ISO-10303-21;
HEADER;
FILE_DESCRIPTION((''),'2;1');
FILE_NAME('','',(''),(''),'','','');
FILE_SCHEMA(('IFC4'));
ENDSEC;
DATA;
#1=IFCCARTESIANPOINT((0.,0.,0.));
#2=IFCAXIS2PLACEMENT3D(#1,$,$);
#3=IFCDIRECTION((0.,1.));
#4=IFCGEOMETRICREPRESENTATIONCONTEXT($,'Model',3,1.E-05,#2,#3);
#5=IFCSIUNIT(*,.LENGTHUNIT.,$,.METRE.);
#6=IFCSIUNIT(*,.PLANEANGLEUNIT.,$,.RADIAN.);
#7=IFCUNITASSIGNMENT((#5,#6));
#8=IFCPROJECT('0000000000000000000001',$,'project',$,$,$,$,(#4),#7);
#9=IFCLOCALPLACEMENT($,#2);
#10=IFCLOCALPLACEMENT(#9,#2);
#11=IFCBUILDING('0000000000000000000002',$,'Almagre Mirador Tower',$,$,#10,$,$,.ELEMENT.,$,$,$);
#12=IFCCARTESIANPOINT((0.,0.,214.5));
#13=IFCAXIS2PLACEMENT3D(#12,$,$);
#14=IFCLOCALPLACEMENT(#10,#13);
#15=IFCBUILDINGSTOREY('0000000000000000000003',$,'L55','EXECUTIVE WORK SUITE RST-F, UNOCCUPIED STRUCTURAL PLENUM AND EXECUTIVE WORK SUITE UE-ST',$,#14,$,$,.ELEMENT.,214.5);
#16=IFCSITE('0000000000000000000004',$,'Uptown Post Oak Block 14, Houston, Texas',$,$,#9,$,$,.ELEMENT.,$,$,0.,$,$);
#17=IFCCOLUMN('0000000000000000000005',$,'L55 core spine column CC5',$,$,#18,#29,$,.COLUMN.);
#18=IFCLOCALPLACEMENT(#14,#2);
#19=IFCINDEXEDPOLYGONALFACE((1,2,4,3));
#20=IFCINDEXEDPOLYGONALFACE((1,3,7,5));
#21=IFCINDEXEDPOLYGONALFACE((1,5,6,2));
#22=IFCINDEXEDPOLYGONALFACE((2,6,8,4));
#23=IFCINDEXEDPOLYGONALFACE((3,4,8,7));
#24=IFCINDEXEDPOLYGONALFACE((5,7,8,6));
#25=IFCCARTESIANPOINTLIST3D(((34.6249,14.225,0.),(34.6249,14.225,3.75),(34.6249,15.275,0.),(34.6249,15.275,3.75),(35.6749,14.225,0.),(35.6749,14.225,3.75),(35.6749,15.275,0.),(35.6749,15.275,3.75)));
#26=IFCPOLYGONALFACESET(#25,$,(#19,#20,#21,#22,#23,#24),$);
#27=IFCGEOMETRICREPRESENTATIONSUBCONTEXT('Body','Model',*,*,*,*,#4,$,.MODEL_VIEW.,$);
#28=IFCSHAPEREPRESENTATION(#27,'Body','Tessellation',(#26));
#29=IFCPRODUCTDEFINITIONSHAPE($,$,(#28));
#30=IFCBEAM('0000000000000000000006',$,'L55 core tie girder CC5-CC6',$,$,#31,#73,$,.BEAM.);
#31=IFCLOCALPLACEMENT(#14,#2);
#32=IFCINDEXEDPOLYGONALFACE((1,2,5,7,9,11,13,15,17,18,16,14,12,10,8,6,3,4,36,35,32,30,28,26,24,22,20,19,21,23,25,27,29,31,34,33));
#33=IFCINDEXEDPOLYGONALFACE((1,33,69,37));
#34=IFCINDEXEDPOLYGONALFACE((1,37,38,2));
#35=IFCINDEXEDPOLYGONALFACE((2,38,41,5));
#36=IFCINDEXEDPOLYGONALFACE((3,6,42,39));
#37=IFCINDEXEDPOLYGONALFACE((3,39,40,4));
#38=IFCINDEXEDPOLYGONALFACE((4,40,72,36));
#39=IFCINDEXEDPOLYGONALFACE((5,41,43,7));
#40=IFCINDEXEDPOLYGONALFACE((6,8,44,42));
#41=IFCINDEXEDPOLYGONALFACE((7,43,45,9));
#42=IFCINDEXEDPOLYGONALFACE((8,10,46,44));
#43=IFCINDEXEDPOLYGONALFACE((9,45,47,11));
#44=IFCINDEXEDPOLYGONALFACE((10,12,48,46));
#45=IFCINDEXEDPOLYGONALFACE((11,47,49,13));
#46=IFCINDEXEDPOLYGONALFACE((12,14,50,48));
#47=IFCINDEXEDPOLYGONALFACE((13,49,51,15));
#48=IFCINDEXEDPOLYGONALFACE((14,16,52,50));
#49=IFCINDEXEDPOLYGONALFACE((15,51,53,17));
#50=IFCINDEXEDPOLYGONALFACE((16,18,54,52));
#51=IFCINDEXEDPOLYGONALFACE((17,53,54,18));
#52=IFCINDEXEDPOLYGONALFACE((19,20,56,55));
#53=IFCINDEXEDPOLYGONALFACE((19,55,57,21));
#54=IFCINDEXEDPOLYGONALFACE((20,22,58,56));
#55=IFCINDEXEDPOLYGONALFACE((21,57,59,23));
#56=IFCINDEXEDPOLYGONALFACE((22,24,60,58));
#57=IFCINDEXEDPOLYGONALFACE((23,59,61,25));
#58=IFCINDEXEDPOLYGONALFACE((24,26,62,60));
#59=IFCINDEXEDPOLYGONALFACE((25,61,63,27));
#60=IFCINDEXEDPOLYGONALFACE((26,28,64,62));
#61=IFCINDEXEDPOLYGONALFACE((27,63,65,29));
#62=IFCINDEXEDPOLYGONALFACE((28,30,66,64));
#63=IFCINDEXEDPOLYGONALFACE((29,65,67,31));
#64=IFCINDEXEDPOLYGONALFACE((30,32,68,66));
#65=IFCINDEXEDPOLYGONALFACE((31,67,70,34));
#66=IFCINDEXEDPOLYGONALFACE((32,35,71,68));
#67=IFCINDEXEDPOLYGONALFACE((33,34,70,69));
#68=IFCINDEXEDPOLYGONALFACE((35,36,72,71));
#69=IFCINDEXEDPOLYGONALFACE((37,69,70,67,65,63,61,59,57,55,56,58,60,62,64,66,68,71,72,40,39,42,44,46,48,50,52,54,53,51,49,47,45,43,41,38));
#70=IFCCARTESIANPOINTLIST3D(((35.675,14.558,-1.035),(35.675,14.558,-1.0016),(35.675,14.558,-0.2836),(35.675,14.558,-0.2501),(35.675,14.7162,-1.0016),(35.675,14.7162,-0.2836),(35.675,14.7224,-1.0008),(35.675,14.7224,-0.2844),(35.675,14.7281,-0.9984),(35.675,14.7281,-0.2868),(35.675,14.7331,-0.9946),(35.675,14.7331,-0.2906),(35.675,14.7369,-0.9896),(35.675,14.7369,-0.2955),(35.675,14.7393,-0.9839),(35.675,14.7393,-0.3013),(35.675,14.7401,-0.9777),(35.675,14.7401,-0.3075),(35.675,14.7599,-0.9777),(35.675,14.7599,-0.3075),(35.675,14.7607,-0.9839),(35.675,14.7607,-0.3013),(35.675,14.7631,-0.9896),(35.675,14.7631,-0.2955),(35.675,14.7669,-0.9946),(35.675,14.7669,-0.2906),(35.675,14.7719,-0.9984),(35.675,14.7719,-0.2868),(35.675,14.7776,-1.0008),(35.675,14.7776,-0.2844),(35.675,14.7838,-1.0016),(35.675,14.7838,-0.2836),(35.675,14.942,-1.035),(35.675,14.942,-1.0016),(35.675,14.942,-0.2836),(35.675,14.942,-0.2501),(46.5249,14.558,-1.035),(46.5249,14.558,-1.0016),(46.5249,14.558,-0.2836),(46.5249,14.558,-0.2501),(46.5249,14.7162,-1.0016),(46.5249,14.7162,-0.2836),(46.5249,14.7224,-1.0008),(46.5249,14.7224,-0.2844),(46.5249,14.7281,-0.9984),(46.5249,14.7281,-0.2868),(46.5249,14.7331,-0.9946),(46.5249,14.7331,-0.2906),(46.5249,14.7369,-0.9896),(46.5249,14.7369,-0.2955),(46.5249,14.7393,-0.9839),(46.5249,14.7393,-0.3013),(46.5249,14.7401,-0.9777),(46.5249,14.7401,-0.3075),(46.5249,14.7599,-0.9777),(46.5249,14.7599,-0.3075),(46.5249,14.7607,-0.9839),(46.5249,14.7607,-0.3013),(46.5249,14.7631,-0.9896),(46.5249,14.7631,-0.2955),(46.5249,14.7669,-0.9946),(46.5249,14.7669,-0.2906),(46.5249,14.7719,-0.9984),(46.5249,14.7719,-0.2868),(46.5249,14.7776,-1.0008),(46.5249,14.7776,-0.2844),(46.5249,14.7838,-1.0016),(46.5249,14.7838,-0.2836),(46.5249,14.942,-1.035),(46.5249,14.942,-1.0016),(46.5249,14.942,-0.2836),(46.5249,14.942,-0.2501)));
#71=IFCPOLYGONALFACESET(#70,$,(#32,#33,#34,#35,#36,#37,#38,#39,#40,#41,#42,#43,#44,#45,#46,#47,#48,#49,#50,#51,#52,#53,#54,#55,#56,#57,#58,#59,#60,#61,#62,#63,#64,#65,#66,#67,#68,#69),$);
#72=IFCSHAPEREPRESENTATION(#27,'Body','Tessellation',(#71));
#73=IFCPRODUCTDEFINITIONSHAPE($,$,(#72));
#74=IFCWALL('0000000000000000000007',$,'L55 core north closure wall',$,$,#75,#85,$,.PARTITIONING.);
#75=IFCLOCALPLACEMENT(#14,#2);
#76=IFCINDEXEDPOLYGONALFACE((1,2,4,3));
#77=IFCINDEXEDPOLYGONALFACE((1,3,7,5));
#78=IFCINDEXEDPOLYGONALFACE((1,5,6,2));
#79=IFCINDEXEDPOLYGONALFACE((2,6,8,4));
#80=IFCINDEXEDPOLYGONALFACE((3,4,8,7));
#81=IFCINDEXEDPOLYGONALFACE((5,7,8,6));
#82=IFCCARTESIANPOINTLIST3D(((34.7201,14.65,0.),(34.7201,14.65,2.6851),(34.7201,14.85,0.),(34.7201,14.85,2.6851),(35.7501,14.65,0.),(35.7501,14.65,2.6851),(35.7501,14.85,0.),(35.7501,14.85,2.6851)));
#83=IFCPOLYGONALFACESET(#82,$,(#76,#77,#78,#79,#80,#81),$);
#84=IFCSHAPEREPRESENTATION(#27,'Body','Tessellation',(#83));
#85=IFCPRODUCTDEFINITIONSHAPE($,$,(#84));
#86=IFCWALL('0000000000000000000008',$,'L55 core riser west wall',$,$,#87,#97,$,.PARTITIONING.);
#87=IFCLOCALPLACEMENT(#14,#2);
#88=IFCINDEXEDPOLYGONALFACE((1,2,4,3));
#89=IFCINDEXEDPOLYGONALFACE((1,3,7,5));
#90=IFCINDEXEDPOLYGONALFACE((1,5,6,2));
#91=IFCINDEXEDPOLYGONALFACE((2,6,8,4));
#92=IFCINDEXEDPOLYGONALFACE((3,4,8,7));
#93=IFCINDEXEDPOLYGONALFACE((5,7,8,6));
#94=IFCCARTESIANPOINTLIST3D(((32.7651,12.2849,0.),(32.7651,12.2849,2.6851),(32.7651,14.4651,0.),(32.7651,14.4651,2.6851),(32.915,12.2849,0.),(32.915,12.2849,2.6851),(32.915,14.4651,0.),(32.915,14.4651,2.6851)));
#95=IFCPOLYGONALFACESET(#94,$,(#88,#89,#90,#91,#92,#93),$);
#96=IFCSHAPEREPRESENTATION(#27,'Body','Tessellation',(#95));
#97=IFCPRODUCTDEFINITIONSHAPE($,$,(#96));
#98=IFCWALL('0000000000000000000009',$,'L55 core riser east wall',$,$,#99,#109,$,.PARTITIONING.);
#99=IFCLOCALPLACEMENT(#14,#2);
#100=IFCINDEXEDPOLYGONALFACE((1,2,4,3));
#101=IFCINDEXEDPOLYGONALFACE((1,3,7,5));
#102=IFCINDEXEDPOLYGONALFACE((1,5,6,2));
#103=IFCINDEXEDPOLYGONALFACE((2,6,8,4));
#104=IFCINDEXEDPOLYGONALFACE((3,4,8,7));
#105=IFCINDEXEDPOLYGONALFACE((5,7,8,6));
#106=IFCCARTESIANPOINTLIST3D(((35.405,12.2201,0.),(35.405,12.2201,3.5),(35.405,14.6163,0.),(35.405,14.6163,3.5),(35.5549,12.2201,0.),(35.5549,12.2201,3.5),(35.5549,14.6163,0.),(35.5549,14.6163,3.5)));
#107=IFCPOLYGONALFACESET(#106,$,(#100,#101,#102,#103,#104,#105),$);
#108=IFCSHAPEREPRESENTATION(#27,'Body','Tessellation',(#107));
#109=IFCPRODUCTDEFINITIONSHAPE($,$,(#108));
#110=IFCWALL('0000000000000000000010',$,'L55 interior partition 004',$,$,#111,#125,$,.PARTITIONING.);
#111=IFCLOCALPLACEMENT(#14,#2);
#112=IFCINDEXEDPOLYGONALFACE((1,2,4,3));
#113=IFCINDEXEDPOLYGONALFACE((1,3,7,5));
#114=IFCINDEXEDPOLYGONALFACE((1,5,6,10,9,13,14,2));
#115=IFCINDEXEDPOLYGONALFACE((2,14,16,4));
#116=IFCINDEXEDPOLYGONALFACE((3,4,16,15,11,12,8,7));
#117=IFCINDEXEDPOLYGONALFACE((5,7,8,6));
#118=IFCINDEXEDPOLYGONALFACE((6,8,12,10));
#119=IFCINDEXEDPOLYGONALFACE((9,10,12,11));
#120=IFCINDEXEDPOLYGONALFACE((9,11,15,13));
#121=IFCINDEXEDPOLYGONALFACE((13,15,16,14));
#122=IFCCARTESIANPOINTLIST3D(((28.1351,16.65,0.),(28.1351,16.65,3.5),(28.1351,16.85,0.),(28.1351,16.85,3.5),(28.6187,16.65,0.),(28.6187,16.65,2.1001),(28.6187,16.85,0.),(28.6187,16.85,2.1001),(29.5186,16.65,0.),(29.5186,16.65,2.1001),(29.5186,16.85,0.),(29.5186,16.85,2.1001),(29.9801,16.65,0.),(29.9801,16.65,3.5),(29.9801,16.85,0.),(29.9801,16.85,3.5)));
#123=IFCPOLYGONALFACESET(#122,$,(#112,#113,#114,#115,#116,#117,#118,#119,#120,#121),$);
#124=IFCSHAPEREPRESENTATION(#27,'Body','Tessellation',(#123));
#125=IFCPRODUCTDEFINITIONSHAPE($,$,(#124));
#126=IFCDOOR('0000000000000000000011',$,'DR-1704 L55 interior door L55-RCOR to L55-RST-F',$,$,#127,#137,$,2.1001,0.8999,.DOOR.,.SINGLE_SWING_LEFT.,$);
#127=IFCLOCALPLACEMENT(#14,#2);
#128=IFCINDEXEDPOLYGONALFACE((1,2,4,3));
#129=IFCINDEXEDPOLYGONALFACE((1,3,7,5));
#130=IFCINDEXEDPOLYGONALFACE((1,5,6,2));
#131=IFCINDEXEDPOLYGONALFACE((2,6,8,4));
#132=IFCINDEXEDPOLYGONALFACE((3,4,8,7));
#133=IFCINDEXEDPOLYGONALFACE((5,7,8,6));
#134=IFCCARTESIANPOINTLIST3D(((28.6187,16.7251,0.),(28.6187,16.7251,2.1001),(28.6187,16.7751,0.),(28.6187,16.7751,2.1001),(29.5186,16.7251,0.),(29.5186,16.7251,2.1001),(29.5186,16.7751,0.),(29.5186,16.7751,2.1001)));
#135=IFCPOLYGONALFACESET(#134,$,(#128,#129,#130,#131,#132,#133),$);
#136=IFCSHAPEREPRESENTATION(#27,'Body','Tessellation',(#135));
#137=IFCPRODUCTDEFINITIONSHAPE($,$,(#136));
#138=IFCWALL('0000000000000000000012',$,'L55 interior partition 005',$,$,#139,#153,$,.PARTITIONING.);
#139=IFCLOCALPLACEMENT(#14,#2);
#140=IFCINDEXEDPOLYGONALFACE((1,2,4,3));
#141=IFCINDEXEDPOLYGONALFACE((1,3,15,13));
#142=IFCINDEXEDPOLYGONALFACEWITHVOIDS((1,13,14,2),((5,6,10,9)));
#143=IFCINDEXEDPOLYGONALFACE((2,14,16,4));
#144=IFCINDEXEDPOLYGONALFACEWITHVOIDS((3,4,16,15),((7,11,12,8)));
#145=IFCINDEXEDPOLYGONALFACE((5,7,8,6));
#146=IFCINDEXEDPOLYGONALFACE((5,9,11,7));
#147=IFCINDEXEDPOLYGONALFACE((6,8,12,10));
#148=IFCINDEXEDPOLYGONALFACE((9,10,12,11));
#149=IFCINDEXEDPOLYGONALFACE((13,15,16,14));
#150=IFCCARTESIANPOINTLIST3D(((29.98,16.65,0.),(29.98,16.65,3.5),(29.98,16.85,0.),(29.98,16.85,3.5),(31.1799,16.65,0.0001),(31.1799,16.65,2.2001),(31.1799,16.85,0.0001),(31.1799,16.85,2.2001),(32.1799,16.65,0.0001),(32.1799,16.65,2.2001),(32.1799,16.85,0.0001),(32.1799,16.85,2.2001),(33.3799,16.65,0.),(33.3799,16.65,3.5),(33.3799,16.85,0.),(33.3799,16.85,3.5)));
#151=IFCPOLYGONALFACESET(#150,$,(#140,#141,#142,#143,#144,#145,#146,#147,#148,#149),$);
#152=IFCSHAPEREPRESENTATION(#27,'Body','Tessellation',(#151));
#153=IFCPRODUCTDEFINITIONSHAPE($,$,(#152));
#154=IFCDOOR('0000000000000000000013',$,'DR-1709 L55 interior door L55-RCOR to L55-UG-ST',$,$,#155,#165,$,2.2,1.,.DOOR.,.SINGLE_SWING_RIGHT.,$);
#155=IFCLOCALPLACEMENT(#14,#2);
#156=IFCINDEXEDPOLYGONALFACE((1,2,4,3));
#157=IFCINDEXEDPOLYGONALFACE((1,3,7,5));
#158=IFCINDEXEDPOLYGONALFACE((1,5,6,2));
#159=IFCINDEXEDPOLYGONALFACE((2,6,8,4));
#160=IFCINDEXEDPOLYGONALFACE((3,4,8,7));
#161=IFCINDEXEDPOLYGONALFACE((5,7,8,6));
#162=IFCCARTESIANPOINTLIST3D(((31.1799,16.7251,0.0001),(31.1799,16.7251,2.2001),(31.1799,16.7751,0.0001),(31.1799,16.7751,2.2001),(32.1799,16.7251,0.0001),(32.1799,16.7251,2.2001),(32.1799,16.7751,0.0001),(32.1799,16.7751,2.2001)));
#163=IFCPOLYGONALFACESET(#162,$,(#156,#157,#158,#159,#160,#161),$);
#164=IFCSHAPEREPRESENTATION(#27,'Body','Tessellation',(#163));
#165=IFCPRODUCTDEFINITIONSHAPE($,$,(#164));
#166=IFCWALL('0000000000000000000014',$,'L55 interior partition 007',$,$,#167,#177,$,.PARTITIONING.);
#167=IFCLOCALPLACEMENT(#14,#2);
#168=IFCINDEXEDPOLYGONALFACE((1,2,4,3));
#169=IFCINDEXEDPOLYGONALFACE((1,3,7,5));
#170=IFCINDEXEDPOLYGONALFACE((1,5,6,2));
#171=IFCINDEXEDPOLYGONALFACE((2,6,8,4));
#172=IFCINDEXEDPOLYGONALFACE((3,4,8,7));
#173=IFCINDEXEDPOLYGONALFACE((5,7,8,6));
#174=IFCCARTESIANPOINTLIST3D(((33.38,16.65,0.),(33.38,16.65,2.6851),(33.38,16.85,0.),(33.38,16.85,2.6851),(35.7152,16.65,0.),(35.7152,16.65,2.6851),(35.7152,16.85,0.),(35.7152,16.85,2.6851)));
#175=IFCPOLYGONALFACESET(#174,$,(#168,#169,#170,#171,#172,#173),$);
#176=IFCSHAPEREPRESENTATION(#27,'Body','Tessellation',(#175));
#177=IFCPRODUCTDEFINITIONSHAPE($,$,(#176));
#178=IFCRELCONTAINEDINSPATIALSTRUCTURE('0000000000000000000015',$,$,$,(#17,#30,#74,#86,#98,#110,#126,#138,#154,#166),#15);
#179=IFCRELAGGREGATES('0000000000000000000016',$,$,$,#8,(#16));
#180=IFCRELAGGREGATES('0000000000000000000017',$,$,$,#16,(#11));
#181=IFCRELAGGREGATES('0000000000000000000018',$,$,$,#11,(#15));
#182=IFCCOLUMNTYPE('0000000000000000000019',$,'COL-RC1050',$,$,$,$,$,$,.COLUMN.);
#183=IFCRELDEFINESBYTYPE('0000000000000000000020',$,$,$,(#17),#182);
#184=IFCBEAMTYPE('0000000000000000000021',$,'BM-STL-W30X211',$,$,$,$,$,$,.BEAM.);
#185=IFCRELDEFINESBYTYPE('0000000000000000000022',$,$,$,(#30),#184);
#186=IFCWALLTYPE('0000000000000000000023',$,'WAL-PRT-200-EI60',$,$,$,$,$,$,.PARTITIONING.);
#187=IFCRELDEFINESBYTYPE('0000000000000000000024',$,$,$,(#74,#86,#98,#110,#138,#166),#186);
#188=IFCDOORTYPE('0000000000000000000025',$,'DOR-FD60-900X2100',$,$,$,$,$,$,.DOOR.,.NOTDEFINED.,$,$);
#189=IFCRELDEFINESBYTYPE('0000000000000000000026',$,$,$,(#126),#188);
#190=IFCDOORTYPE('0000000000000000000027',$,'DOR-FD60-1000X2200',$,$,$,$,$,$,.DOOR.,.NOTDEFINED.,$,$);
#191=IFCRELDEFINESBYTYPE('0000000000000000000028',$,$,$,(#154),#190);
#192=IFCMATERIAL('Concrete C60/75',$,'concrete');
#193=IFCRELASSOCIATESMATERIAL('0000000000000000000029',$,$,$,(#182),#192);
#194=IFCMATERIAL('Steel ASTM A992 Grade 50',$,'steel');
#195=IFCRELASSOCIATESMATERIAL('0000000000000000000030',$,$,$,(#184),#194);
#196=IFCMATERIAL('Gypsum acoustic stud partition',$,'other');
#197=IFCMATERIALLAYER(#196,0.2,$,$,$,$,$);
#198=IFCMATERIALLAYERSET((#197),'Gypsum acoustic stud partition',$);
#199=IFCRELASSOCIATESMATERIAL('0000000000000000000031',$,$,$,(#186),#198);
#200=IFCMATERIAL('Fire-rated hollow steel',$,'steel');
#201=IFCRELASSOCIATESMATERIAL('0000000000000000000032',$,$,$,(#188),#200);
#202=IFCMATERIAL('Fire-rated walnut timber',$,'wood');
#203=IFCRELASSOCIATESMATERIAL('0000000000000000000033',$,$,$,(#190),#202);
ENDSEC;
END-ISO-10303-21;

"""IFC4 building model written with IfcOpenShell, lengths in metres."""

from ifc_helpers import new_model, si_unit, direction, frame, frame_2d, origin, origin_2d, place, context, subcontext, project, spatial, rectangle, i_section, extrude, material, layer, layer_set, material_profile, profile_set, type_object, element, fill, save


model = new_model("IFC4")

# Units and contexts
model_context = context("Model", 3, precision=1e-05, world=origin(), true_north=direction((0.0, 1.0)))
body_context = subcontext(model_context, "Body", "Model", "MODEL_VIEW")
ifc_project = project(units=[si_unit("LENGTHUNIT", "METRE"), si_unit("PLANEANGLEUNIT", "RADIAN")], contexts=[model_context])

# Site, building, storey
site_placement = place(None, origin())
site = spatial("IfcSite", under=ifc_project, at=site_placement, Name="Uptown Post Oak Block 14, Houston, Texas", CompositionType="ELEMENT", RefElevation=0.0)
building_placement = place(site_placement, origin())
building = spatial("IfcBuilding", under=site, at=building_placement, Name="Almagre Mirador Tower", CompositionType="ELEMENT")
storey_placement = place(building_placement, frame((0.0, 0.0, 214.5)))
storey = spatial("IfcBuildingStorey", under=building, at=storey_placement, Name="L55", Description="EXECUTIVE WORK SUITE RST-F, UNOCCUPIED STRUCTURAL PLENUM AND EXECUTIVE WORK SUITE UE-ST", CompositionType="ELEMENT", Elevation=214.5)

# Column
ifc_material_1 = material(Name="Concrete C60/75", Category="concrete")
ifc_material_profile_1 = material_profile(ifc_material_1, rectangle(XDim=1.05, YDim=1.05, at=origin_2d()), Name="RC1050X1050")
ifc_profile_set_1 = profile_set([ifc_material_profile_1], Name="Concrete C60/75")
column_type = type_object("IfcColumnType", Name="COL-RC1050", PredefinedType="COLUMN", material=ifc_profile_set_1)
column_placement = place(storey_placement, frame((35.1499, 14.75, 0.0), z_axis=(0.0, 0.0, 1.0), x_axis=(1.0, 0.0, 0.0)))
element("IfcColumn", 1, at=column_placement, inside=storey, type_object=column_type, Name="L55 core spine column CC5", PredefinedType="COLUMN", context=body_context, shape_type="SweptSolid", body=[
    extrude(rectangle(XDim=1.05, YDim=1.05, at=origin_2d()), origin(), (0.0, 0.0, 1.0), 3.75),
])

# Beam
ifc_material_2 = material(Name="Steel ASTM A992 Grade 50", Category="steel")
ifc_material_profile_2 = material_profile(ifc_material_2, i_section(OverallWidth=0.384, OverallDepth=0.7849, WebThickness=0.0198, FlangeThickness=0.0334, FilletRadius=0.0239, at=origin_2d()), Name="W30X211")
ifc_profile_set_2 = profile_set([ifc_material_profile_2], Name="Steel ASTM A992 Grade 50")
beam_type = type_object("IfcBeamType", Name="BM-STL-W30X211", PredefinedType="BEAM", material=ifc_profile_set_2)
beam_placement = place(storey_placement, frame((35.675, 14.75, -0.6426), z_axis=(1.0, 0.0, 0.0), x_axis=(0.0, 1.0, 0.0)))
element("IfcBeam", 2, at=beam_placement, inside=storey, type_object=beam_type, Name="L55 core tie girder CC5-CC6", PredefinedType="BEAM", context=body_context, shape_type="SweptSolid", body=[
    extrude(i_section(OverallWidth=0.384, OverallDepth=0.7849, WebThickness=0.0198, FlangeThickness=0.0334, FilletRadius=0.0239, at=origin_2d()), origin(), (0.0, 0.0, 1.0), 10.8499),
])

# Wall
ifc_material_3 = material(Name="Gypsum acoustic stud partition", Category="other")
ifc_layer_1 = layer(ifc_material_3, 0.2)
ifc_layer_set_1 = layer_set([ifc_layer_1], Name="Gypsum acoustic stud partition")
wall_type_1 = type_object("IfcWallType", Name="WAL-PRT-200-EI60", PredefinedType="PARTITIONING", material=ifc_layer_set_1)
wall_1_placement = place(storey_placement, frame((34.72, 14.75, 0.0), z_axis=(0.0, 0.0, 1.0), x_axis=(1.0, 0.0, 0.0)))
element("IfcWall", 3, at=wall_1_placement, inside=storey, type_object=wall_type_1, Name="L55 core north closure wall", PredefinedType="PARTITIONING", context=body_context, shape_type="SweptSolid", body=[
    extrude(rectangle(XDim=1.03, YDim=0.2, at=frame_2d((0.5151, 0.0))), origin(), (0.0, 0.0, 1.0), 2.6851),
])

# Walls
wall_2_placement = place(storey_placement, frame((32.8401, 12.2849, 0.0), z_axis=(0.0, 0.0, 1.0), x_axis=(0.0, 1.0, 0.0)))
element("IfcWall", 4, at=wall_2_placement, inside=storey, type_object=wall_type_1, Name="L55 core riser west wall", PredefinedType="PARTITIONING", context=body_context, shape_type="SweptSolid", body=[
    extrude(rectangle(XDim=2.1802, YDim=0.1499, at=frame_2d((1.0901, 0.0))), origin(), (0.0, 0.0, 1.0), 2.6851),
])
wall_3_placement = place(storey_placement, frame((35.48, 12.22, 0.0), z_axis=(0.0, 0.0, 1.0), x_axis=(0.0, 1.0, 0.0)))
element("IfcWall", 5, at=wall_3_placement, inside=storey, type_object=wall_type_1, Name="L55 core riser east wall", PredefinedType="PARTITIONING", context=body_context, shape_type="SweptSolid", body=[
    extrude(rectangle(XDim=2.3962, YDim=0.1499, at=frame_2d((1.1982, 0.0))), origin(), (0.0, 0.0, 1.0), 3.5),
])

# Walls, openings, doors
wall_4_placement = place(storey_placement, frame((29.98, 16.75, 0.0), z_axis=(0.0, 0.0, 1.0), x_axis=(-1.0, 0.0, 0.0)))
wall_4 = element("IfcWall", 6, at=wall_4_placement, inside=storey, type_object=wall_type_1, Name="L55 interior partition 004", PredefinedType="PARTITIONING", context=body_context, shape_type="SweptSolid", body=[
    extrude(rectangle(XDim=1.845, YDim=0.2, at=frame_2d((0.9224, 0.0))), origin(), (0.0, 0.0, 1.0), 3.5),
])
opening_1_placement = place(wall_4_placement, frame((0.4614, 0.0, 0.0)))
opening_1 = element("IfcOpeningElement", 7, at=opening_1_placement, cuts=wall_4, PredefinedType="OPENING", context=body_context, shape_type="SweptSolid", body=[
    extrude(rectangle(XDim=0.8999, YDim=2.1001, at=frame_2d((0.45, 1.05))), frame((0.0, 0.1101, 0.0), z_axis=(0.0, -1.0, 0.0), x_axis=(1.0, 0.0, 0.0)), (0.0, 0.0, 1.0), 0.22),
])
ifc_material_4 = material(Name="Fire-rated hollow steel", Category="steel")
door_type_1 = type_object("IfcDoorType", Name="DOR-FD60-900X2100", OperationType="NOTDEFINED", PredefinedType="DOOR", material=ifc_material_4)
door_1_placement = place(opening_1_placement, origin())
door_1 = element("IfcDoor", 8, at=door_1_placement, inside=storey, type_object=door_type_1, Name="DR-1704 L55 interior door L55-RCOR to L55-RST-F", OperationType="SINGLE_SWING_LEFT", OverallHeight=2.1001, OverallWidth=0.8999, PredefinedType="DOOR", context=body_context, shape_type="SweptSolid", body=[
    extrude(rectangle(XDim=0.8999, YDim=2.1001, at=frame_2d((0.45, 1.05))), frame((0.0, 0.0249, 0.0), z_axis=(0.0, -1.0, 0.0), x_axis=(1.0, 0.0, 0.0)), (0.0, 0.0, 1.0), 0.05),
])
fill(opening_1, door_1)
wall_5_placement = place(storey_placement, frame((33.3799, 16.75, 0.0), z_axis=(0.0, 0.0, 1.0), x_axis=(-1.0, 0.0, 0.0)))
wall_5 = element("IfcWall", 9, at=wall_5_placement, inside=storey, type_object=wall_type_1, Name="L55 interior partition 005", PredefinedType="PARTITIONING", context=body_context, shape_type="SweptSolid", body=[
    extrude(rectangle(XDim=3.3999, YDim=0.2, at=frame_2d((1.7, 0.0))), origin(), (0.0, 0.0, 1.0), 3.5),
])
opening_2_placement = place(wall_5_placement, frame((1.2, 0.0, 0.0)))
opening_2 = element("IfcOpeningElement", 10, at=opening_2_placement, cuts=wall_5, PredefinedType="OPENING", context=body_context, shape_type="SweptSolid", body=[
    extrude(rectangle(XDim=1.0, YDim=2.2, at=frame_2d((0.5, 1.1001))), frame((0.0, 0.1101, 0.0), z_axis=(0.0, -1.0, 0.0), x_axis=(1.0, 0.0, 0.0)), (0.0, 0.0, 1.0), 0.22),
])
ifc_material_5 = material(Name="Fire-rated walnut timber", Category="wood")
door_type_2 = type_object("IfcDoorType", Name="DOR-FD60-1000X2200", OperationType="NOTDEFINED", PredefinedType="DOOR", material=ifc_material_5)
door_2_placement = place(opening_2_placement, origin())
door_2 = element("IfcDoor", 11, at=door_2_placement, inside=storey, type_object=door_type_2, Name="DR-1709 L55 interior door L55-RCOR to L55-UG-ST", OperationType="SINGLE_SWING_RIGHT", OverallHeight=2.2, OverallWidth=1.0, PredefinedType="DOOR", context=body_context, shape_type="SweptSolid", body=[
    extrude(rectangle(XDim=1.0, YDim=2.2, at=frame_2d((0.5, 1.1001))), frame((0.0, 0.0249, 0.0), z_axis=(0.0, -1.0, 0.0), x_axis=(1.0, 0.0, 0.0)), (0.0, 0.0, 1.0), 0.05),
])
fill(opening_2, door_2)

# Wall
wall_6_placement = place(storey_placement, frame((35.7151, 16.75, 0.0), z_axis=(0.0, 0.0, 1.0), x_axis=(-1.0, 0.0, 0.0)))
element("IfcWall", 12, at=wall_6_placement, inside=storey, type_object=wall_type_1, Name="L55 interior partition 007", PredefinedType="PARTITIONING", context=body_context, shape_type="SweptSolid", body=[
    extrude(rectangle(XDim=2.3352, YDim=0.2, at=frame_2d((1.1675, 0.0))), origin(), (0.0, 0.0, 1.0), 2.6851),
])

save(model, "model.ifc")
